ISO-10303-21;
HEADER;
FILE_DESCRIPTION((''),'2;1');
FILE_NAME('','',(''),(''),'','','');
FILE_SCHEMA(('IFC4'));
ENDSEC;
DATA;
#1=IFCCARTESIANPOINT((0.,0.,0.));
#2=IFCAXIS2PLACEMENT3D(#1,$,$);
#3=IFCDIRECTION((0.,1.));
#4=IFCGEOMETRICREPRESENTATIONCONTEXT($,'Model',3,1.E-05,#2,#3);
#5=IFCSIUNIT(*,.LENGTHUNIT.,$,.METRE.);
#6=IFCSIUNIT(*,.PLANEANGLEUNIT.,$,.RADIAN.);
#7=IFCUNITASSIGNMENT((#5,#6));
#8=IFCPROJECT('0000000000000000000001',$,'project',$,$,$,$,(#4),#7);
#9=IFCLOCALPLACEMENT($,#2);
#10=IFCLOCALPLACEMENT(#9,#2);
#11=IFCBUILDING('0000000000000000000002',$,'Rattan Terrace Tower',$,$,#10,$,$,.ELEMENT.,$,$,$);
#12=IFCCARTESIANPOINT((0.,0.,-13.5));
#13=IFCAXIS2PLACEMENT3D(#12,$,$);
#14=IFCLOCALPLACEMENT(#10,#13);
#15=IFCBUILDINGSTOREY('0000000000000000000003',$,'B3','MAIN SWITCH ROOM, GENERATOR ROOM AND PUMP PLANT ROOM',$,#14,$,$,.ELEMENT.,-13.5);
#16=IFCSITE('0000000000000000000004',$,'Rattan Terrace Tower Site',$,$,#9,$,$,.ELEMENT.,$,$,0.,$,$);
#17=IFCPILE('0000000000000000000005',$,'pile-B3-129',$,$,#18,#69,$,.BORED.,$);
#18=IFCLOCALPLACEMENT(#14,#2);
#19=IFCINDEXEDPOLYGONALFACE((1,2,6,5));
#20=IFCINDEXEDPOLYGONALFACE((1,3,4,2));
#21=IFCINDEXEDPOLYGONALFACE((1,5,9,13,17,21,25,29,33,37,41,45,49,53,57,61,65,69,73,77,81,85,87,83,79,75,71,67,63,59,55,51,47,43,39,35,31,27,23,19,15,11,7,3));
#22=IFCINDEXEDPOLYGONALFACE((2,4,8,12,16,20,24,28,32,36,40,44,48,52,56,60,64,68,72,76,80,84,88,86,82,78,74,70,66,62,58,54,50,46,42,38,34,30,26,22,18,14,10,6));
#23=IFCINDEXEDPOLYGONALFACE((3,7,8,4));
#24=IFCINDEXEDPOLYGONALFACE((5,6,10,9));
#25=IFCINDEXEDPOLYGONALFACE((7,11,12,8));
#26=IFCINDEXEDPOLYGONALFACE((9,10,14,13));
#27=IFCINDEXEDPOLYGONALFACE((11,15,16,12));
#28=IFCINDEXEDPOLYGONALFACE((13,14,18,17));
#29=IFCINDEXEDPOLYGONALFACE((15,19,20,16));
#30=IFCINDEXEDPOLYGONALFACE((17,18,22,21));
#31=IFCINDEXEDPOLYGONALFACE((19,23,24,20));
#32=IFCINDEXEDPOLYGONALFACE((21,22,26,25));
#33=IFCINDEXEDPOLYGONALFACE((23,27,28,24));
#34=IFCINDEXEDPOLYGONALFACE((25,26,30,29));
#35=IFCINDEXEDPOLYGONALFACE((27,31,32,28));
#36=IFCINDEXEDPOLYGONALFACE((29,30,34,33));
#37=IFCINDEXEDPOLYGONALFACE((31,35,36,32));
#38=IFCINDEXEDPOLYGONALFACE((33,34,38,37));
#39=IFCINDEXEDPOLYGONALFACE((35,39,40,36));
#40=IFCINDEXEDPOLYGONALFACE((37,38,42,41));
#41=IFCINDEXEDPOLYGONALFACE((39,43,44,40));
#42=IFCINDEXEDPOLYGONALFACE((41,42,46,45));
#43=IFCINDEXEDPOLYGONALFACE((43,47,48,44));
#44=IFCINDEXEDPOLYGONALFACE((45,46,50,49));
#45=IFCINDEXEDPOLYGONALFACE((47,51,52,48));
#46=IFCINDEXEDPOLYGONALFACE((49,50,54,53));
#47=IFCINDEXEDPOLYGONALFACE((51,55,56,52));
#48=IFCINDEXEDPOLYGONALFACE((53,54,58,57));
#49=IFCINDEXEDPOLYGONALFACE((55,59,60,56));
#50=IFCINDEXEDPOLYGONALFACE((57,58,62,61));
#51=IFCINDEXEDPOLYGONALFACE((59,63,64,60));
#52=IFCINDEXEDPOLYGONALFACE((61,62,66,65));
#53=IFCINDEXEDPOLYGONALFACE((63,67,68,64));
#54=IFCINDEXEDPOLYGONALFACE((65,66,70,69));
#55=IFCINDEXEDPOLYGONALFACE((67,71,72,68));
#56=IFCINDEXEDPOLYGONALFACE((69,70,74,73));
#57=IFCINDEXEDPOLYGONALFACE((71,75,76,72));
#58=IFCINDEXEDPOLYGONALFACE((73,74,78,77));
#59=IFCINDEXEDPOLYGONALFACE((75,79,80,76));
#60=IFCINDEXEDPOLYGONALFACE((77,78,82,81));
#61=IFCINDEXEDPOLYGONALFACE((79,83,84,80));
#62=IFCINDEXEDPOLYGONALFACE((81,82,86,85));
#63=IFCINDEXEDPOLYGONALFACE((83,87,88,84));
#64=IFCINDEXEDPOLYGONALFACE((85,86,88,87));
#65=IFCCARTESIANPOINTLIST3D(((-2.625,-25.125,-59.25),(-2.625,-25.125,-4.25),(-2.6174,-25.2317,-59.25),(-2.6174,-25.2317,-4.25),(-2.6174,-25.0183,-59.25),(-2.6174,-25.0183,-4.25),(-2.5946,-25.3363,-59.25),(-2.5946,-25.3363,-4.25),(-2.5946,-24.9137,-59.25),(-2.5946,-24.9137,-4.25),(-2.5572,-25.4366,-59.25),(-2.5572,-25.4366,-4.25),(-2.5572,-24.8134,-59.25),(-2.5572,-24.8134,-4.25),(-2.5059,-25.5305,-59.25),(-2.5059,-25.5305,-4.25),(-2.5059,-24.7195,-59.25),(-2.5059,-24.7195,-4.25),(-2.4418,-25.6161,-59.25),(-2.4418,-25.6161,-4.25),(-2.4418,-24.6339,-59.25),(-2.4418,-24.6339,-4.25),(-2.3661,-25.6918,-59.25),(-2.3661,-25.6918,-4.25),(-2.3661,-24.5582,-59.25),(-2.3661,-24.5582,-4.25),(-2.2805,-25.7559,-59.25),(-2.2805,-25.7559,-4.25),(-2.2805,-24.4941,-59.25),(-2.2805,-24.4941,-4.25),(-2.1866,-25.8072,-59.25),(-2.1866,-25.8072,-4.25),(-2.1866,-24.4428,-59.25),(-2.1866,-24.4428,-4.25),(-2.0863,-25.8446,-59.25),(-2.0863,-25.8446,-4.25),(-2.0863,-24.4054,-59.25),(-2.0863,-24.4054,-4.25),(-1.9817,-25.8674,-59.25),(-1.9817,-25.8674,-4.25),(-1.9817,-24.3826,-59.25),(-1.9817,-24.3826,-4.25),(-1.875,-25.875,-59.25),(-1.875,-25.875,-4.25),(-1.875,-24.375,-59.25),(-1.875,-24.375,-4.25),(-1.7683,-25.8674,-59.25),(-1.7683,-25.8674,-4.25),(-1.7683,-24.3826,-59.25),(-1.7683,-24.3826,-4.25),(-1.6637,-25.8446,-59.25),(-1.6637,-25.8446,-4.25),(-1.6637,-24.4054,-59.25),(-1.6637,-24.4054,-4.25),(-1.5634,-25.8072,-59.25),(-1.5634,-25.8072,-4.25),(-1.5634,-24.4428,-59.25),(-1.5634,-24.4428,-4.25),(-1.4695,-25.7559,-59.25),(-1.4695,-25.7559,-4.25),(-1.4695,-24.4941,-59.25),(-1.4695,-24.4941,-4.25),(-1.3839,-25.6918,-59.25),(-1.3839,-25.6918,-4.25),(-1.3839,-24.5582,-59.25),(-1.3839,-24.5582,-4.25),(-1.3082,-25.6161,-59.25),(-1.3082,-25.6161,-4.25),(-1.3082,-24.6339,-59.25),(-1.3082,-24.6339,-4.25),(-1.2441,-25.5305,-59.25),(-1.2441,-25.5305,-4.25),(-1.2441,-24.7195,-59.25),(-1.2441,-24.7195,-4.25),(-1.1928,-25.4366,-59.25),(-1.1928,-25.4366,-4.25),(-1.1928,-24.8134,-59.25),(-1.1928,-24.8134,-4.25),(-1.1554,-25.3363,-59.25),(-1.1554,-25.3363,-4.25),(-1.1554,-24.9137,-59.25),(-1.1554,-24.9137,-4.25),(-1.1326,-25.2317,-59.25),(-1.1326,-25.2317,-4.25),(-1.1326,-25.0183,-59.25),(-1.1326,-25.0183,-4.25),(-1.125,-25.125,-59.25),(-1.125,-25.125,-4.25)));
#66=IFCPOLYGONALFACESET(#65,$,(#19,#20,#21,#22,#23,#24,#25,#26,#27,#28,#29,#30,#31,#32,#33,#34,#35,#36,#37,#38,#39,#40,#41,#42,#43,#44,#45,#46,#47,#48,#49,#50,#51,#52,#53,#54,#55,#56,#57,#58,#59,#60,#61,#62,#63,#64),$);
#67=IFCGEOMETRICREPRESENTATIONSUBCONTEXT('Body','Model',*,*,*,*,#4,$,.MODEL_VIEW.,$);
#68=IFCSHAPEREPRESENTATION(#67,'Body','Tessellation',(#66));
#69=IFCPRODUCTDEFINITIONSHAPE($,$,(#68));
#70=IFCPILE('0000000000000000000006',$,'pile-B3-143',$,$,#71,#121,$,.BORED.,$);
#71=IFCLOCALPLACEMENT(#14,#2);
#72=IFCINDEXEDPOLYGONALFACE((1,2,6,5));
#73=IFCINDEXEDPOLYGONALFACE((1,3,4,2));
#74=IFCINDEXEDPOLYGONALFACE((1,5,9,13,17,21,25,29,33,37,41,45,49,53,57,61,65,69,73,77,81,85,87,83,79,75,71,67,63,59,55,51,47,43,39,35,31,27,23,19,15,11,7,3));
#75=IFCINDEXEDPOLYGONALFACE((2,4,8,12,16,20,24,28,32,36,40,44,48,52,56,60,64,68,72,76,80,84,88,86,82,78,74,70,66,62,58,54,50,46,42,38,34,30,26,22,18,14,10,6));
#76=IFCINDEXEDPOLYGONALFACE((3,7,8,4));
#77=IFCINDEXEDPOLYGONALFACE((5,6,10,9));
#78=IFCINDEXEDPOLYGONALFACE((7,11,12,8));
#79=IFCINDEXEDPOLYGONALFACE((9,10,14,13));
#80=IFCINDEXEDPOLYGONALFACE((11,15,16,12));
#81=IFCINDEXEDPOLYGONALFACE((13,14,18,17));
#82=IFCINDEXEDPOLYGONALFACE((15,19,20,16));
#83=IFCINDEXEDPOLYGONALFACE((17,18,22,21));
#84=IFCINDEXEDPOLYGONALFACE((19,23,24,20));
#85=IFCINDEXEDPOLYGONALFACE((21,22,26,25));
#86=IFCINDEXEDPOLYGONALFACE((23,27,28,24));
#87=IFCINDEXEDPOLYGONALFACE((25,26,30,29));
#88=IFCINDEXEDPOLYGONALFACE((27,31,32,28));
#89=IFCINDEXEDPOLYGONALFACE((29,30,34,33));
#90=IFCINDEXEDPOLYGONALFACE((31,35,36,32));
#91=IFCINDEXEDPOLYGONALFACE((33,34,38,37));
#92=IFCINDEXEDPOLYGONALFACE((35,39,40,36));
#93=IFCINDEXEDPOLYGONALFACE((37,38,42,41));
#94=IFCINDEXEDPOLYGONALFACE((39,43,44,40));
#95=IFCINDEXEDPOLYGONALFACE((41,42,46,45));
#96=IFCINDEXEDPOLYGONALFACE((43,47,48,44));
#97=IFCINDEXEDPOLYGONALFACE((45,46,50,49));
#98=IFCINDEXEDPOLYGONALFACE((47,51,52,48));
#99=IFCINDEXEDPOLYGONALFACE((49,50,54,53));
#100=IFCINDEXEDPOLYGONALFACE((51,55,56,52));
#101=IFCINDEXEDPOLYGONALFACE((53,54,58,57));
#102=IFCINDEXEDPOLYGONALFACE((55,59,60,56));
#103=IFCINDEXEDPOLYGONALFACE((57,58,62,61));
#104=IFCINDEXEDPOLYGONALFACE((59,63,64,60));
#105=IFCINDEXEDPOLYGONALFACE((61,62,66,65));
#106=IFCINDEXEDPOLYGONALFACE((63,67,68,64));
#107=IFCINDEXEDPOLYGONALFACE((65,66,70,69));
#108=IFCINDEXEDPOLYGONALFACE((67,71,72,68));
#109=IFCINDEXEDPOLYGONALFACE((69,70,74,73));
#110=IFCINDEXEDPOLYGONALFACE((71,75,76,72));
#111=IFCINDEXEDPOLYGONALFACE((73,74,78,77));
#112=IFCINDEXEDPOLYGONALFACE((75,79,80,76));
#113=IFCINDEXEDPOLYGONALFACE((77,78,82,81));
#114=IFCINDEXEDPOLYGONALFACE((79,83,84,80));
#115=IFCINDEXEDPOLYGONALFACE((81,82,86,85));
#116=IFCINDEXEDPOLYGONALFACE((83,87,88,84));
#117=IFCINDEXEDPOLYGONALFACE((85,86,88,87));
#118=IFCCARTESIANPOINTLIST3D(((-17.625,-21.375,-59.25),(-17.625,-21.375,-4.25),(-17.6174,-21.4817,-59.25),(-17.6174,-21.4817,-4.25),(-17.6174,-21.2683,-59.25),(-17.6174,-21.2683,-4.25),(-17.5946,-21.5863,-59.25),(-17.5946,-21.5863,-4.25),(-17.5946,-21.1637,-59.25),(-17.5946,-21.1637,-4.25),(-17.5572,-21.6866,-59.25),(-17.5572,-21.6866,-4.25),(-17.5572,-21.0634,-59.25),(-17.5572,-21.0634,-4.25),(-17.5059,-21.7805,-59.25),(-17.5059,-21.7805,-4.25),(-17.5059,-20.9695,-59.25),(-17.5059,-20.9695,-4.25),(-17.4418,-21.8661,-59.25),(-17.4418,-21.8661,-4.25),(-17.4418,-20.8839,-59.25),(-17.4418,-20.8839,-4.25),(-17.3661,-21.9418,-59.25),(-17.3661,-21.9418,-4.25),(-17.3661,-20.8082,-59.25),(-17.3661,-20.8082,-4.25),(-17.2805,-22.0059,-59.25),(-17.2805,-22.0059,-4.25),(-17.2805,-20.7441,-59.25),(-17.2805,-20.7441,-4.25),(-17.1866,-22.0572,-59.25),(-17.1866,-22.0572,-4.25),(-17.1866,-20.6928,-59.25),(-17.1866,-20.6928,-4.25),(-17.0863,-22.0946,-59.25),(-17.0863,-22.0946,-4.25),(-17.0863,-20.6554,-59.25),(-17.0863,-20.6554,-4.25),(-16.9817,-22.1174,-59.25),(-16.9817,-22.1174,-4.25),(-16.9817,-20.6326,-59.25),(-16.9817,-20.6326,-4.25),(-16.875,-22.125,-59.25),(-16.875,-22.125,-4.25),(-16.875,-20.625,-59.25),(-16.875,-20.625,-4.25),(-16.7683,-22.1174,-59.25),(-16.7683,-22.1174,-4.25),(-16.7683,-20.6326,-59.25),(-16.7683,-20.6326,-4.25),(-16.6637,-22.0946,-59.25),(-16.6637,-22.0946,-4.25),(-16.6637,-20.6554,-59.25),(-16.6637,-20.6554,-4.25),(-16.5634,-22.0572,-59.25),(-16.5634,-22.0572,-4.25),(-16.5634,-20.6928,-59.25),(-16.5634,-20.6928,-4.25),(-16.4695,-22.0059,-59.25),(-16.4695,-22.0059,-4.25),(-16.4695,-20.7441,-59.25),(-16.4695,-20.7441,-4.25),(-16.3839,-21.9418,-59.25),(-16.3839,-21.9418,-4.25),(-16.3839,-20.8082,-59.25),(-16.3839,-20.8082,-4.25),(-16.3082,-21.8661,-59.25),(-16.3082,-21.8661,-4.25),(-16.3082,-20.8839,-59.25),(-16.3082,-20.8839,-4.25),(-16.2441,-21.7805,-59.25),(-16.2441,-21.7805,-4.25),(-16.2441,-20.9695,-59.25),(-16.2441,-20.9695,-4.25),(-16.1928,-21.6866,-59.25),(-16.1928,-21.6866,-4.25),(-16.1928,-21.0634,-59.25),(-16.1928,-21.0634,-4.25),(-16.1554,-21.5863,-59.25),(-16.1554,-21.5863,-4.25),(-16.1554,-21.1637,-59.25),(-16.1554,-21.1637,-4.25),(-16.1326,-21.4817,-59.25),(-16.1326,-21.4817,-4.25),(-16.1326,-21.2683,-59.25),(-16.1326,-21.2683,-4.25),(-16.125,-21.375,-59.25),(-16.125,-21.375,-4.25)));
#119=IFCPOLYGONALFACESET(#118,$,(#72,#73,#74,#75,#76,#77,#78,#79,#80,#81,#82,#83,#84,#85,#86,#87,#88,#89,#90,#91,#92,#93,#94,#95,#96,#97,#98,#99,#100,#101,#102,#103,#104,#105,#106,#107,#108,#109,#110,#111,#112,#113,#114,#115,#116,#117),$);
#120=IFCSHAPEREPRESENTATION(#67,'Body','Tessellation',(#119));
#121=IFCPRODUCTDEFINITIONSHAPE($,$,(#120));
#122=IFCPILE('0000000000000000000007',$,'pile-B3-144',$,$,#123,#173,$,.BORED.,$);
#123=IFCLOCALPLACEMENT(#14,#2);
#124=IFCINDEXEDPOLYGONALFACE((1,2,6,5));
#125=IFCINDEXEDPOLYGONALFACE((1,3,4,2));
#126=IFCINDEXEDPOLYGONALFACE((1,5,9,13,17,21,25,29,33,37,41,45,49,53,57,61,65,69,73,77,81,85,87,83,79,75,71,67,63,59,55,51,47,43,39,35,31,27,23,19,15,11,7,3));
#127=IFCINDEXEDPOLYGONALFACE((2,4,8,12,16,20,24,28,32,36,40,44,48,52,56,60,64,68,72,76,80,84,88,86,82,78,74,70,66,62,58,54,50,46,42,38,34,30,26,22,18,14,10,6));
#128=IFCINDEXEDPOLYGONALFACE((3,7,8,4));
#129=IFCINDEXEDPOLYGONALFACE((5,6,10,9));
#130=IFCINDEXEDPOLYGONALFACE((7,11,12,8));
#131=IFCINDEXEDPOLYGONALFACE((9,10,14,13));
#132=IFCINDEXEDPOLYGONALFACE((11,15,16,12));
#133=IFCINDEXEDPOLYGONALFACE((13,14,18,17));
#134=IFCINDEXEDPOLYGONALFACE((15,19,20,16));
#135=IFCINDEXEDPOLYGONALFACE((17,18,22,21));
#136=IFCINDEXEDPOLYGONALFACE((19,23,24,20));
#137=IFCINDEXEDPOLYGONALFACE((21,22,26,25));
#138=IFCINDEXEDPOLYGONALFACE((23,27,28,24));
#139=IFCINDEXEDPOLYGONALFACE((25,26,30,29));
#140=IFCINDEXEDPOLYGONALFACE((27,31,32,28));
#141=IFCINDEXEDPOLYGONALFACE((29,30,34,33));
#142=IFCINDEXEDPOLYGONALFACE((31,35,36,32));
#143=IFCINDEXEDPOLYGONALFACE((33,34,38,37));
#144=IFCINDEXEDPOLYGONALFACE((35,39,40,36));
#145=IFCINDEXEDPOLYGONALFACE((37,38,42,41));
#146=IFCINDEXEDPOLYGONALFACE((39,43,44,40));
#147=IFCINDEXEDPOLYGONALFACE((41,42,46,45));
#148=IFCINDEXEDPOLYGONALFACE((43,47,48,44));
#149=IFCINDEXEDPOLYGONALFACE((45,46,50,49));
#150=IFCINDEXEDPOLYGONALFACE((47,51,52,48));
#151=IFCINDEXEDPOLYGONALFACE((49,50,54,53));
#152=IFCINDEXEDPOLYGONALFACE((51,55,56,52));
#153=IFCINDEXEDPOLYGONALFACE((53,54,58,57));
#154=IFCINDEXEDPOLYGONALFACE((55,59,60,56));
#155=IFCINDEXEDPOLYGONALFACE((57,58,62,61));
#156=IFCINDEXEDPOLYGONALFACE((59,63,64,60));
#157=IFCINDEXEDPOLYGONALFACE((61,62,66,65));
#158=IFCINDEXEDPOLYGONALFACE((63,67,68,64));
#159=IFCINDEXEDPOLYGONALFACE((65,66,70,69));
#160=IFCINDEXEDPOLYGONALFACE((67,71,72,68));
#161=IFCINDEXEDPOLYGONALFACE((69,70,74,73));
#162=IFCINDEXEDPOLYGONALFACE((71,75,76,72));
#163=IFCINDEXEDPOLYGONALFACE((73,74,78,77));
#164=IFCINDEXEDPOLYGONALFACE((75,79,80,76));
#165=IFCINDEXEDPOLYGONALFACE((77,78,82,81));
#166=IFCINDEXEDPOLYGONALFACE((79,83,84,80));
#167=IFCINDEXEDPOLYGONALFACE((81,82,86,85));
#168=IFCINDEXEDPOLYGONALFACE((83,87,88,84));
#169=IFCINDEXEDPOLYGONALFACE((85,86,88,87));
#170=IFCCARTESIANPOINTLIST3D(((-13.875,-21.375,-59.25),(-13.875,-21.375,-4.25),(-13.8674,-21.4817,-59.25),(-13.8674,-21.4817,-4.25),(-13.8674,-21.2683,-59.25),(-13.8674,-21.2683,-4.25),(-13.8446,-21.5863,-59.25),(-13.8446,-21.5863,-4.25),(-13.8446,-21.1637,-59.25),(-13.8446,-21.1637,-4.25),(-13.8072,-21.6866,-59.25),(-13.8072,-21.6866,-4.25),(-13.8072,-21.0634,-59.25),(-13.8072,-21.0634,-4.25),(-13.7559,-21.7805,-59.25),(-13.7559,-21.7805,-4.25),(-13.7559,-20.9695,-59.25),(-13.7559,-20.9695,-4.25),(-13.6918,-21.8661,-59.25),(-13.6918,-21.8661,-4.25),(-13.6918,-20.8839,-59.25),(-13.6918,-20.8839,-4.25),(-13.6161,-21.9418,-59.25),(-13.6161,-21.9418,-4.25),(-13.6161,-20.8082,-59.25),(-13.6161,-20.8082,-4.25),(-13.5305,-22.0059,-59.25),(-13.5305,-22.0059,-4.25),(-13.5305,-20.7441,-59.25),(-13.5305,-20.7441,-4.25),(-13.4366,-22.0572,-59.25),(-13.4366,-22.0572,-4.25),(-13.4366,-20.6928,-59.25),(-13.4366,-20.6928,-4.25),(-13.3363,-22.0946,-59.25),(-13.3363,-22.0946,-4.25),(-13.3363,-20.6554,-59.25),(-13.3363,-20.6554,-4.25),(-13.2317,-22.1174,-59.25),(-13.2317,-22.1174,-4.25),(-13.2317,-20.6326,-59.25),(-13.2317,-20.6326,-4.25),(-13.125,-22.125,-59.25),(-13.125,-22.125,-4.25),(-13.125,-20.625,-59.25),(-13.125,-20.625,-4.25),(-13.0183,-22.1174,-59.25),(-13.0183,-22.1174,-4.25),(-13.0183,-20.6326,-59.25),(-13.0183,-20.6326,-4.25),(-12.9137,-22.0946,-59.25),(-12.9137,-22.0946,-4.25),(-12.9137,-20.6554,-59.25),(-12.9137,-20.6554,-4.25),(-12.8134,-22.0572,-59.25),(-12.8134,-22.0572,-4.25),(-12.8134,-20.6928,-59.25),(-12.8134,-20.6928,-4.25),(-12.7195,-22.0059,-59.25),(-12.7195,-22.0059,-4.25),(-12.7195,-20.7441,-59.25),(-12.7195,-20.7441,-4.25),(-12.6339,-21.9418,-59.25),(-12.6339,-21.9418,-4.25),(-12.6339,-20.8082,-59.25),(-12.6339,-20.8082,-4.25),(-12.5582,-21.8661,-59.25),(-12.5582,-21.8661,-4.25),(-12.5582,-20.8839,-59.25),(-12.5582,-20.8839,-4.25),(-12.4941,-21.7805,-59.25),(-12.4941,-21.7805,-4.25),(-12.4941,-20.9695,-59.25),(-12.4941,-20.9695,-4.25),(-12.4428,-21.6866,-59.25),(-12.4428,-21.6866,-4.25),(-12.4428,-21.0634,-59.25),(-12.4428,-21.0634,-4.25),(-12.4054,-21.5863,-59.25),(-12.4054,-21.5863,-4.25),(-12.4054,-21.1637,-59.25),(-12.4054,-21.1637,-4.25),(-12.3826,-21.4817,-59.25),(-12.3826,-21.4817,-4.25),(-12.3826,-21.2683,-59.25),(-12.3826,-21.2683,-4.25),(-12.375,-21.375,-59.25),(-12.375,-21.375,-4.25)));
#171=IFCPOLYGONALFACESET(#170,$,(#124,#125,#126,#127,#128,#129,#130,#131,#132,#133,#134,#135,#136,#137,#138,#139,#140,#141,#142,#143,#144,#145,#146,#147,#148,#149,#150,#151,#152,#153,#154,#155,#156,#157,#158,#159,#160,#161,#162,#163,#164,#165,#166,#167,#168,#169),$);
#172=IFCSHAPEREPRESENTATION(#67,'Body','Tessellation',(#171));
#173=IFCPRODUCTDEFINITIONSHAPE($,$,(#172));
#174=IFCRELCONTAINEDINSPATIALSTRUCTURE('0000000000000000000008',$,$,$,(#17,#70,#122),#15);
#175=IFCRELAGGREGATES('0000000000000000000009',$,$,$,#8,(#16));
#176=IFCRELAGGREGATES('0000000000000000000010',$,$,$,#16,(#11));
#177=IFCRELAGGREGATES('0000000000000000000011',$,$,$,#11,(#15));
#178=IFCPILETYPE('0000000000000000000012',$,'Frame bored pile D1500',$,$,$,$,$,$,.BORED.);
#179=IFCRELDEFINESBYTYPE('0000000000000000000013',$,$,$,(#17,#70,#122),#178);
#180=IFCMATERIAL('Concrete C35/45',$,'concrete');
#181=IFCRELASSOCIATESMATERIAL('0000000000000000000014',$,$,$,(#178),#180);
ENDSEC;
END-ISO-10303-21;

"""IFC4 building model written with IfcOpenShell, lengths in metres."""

from ifc_helpers import new_model, si_unit, direction, frame, origin, origin_2d, place, context, subcontext, project, spatial, circle, extrude, material, material_profile, profile_set, type_object, element, save


model = new_model("IFC4")

# Units and contexts
model_context = context("Model", 3, precision=1e-05, world=origin(), true_north=direction((0.0, 1.0)))
body_context = subcontext(model_context, "Body", "Model", "MODEL_VIEW")
ifc_project = project(units=[si_unit("LENGTHUNIT", "METRE"), si_unit("PLANEANGLEUNIT", "RADIAN")], contexts=[model_context])

# Site, building, storey
site_placement = place(None, origin())
site = spatial("IfcSite", under=ifc_project, at=site_placement, Name="Rattan Terrace Tower Site", CompositionType="ELEMENT", RefElevation=0.0)
building_placement = place(site_placement, origin())
building = spatial("IfcBuilding", under=site, at=building_placement, Name="Rattan Terrace Tower", CompositionType="ELEMENT")
storey_placement = place(building_placement, frame((0.0, 0.0, -13.5)))
storey = spatial("IfcBuildingStorey", under=building, at=storey_placement, Name="B3", Description="MAIN SWITCH ROOM, GENERATOR ROOM AND PUMP PLANT ROOM", CompositionType="ELEMENT", Elevation=-13.5)

# Piles
ifc_material_1 = material(Name="Concrete C35/45", Category="concrete")
ifc_material_profile_1 = material_profile(ifc_material_1, circle(Radius=0.75, at=origin_2d()), Name="PILE D1500")
ifc_profile_set_1 = profile_set([ifc_material_profile_1], Name="Concrete C35/45")
pile_type = type_object("IfcPileType", Name="Frame bored pile D1500", PredefinedType="BORED", material=ifc_profile_set_1)
for number, where, z_axis, x_axis, name in (
    (1, (-1.875, -25.125, -4.25), (0.0, 0.0, -1.0), (1.0, 0.0, 0.0), "pile-B3-129"),
    (2, (-16.875, -21.375, -4.25), (0.0, 0.0, -1.0), (1.0, 0.0, 0.0), "pile-B3-143"),
    (3, (-13.125, -21.375, -4.25), (0.0, 0.0, -1.0), (1.0, 0.0, 0.0), "pile-B3-144"),
):
    element("IfcPile", number, at=place(storey_placement, frame(where, z_axis=z_axis, x_axis=x_axis)), inside=storey, type_object=pile_type, Name=name, PredefinedType="BORED", context=body_context, shape_type="SweptSolid", body=[
        extrude(circle(Radius=0.75, at=origin_2d()), origin(), (0.0, 0.0, 1.0), 55.0),
    ])

save(model, "model.ifc")
